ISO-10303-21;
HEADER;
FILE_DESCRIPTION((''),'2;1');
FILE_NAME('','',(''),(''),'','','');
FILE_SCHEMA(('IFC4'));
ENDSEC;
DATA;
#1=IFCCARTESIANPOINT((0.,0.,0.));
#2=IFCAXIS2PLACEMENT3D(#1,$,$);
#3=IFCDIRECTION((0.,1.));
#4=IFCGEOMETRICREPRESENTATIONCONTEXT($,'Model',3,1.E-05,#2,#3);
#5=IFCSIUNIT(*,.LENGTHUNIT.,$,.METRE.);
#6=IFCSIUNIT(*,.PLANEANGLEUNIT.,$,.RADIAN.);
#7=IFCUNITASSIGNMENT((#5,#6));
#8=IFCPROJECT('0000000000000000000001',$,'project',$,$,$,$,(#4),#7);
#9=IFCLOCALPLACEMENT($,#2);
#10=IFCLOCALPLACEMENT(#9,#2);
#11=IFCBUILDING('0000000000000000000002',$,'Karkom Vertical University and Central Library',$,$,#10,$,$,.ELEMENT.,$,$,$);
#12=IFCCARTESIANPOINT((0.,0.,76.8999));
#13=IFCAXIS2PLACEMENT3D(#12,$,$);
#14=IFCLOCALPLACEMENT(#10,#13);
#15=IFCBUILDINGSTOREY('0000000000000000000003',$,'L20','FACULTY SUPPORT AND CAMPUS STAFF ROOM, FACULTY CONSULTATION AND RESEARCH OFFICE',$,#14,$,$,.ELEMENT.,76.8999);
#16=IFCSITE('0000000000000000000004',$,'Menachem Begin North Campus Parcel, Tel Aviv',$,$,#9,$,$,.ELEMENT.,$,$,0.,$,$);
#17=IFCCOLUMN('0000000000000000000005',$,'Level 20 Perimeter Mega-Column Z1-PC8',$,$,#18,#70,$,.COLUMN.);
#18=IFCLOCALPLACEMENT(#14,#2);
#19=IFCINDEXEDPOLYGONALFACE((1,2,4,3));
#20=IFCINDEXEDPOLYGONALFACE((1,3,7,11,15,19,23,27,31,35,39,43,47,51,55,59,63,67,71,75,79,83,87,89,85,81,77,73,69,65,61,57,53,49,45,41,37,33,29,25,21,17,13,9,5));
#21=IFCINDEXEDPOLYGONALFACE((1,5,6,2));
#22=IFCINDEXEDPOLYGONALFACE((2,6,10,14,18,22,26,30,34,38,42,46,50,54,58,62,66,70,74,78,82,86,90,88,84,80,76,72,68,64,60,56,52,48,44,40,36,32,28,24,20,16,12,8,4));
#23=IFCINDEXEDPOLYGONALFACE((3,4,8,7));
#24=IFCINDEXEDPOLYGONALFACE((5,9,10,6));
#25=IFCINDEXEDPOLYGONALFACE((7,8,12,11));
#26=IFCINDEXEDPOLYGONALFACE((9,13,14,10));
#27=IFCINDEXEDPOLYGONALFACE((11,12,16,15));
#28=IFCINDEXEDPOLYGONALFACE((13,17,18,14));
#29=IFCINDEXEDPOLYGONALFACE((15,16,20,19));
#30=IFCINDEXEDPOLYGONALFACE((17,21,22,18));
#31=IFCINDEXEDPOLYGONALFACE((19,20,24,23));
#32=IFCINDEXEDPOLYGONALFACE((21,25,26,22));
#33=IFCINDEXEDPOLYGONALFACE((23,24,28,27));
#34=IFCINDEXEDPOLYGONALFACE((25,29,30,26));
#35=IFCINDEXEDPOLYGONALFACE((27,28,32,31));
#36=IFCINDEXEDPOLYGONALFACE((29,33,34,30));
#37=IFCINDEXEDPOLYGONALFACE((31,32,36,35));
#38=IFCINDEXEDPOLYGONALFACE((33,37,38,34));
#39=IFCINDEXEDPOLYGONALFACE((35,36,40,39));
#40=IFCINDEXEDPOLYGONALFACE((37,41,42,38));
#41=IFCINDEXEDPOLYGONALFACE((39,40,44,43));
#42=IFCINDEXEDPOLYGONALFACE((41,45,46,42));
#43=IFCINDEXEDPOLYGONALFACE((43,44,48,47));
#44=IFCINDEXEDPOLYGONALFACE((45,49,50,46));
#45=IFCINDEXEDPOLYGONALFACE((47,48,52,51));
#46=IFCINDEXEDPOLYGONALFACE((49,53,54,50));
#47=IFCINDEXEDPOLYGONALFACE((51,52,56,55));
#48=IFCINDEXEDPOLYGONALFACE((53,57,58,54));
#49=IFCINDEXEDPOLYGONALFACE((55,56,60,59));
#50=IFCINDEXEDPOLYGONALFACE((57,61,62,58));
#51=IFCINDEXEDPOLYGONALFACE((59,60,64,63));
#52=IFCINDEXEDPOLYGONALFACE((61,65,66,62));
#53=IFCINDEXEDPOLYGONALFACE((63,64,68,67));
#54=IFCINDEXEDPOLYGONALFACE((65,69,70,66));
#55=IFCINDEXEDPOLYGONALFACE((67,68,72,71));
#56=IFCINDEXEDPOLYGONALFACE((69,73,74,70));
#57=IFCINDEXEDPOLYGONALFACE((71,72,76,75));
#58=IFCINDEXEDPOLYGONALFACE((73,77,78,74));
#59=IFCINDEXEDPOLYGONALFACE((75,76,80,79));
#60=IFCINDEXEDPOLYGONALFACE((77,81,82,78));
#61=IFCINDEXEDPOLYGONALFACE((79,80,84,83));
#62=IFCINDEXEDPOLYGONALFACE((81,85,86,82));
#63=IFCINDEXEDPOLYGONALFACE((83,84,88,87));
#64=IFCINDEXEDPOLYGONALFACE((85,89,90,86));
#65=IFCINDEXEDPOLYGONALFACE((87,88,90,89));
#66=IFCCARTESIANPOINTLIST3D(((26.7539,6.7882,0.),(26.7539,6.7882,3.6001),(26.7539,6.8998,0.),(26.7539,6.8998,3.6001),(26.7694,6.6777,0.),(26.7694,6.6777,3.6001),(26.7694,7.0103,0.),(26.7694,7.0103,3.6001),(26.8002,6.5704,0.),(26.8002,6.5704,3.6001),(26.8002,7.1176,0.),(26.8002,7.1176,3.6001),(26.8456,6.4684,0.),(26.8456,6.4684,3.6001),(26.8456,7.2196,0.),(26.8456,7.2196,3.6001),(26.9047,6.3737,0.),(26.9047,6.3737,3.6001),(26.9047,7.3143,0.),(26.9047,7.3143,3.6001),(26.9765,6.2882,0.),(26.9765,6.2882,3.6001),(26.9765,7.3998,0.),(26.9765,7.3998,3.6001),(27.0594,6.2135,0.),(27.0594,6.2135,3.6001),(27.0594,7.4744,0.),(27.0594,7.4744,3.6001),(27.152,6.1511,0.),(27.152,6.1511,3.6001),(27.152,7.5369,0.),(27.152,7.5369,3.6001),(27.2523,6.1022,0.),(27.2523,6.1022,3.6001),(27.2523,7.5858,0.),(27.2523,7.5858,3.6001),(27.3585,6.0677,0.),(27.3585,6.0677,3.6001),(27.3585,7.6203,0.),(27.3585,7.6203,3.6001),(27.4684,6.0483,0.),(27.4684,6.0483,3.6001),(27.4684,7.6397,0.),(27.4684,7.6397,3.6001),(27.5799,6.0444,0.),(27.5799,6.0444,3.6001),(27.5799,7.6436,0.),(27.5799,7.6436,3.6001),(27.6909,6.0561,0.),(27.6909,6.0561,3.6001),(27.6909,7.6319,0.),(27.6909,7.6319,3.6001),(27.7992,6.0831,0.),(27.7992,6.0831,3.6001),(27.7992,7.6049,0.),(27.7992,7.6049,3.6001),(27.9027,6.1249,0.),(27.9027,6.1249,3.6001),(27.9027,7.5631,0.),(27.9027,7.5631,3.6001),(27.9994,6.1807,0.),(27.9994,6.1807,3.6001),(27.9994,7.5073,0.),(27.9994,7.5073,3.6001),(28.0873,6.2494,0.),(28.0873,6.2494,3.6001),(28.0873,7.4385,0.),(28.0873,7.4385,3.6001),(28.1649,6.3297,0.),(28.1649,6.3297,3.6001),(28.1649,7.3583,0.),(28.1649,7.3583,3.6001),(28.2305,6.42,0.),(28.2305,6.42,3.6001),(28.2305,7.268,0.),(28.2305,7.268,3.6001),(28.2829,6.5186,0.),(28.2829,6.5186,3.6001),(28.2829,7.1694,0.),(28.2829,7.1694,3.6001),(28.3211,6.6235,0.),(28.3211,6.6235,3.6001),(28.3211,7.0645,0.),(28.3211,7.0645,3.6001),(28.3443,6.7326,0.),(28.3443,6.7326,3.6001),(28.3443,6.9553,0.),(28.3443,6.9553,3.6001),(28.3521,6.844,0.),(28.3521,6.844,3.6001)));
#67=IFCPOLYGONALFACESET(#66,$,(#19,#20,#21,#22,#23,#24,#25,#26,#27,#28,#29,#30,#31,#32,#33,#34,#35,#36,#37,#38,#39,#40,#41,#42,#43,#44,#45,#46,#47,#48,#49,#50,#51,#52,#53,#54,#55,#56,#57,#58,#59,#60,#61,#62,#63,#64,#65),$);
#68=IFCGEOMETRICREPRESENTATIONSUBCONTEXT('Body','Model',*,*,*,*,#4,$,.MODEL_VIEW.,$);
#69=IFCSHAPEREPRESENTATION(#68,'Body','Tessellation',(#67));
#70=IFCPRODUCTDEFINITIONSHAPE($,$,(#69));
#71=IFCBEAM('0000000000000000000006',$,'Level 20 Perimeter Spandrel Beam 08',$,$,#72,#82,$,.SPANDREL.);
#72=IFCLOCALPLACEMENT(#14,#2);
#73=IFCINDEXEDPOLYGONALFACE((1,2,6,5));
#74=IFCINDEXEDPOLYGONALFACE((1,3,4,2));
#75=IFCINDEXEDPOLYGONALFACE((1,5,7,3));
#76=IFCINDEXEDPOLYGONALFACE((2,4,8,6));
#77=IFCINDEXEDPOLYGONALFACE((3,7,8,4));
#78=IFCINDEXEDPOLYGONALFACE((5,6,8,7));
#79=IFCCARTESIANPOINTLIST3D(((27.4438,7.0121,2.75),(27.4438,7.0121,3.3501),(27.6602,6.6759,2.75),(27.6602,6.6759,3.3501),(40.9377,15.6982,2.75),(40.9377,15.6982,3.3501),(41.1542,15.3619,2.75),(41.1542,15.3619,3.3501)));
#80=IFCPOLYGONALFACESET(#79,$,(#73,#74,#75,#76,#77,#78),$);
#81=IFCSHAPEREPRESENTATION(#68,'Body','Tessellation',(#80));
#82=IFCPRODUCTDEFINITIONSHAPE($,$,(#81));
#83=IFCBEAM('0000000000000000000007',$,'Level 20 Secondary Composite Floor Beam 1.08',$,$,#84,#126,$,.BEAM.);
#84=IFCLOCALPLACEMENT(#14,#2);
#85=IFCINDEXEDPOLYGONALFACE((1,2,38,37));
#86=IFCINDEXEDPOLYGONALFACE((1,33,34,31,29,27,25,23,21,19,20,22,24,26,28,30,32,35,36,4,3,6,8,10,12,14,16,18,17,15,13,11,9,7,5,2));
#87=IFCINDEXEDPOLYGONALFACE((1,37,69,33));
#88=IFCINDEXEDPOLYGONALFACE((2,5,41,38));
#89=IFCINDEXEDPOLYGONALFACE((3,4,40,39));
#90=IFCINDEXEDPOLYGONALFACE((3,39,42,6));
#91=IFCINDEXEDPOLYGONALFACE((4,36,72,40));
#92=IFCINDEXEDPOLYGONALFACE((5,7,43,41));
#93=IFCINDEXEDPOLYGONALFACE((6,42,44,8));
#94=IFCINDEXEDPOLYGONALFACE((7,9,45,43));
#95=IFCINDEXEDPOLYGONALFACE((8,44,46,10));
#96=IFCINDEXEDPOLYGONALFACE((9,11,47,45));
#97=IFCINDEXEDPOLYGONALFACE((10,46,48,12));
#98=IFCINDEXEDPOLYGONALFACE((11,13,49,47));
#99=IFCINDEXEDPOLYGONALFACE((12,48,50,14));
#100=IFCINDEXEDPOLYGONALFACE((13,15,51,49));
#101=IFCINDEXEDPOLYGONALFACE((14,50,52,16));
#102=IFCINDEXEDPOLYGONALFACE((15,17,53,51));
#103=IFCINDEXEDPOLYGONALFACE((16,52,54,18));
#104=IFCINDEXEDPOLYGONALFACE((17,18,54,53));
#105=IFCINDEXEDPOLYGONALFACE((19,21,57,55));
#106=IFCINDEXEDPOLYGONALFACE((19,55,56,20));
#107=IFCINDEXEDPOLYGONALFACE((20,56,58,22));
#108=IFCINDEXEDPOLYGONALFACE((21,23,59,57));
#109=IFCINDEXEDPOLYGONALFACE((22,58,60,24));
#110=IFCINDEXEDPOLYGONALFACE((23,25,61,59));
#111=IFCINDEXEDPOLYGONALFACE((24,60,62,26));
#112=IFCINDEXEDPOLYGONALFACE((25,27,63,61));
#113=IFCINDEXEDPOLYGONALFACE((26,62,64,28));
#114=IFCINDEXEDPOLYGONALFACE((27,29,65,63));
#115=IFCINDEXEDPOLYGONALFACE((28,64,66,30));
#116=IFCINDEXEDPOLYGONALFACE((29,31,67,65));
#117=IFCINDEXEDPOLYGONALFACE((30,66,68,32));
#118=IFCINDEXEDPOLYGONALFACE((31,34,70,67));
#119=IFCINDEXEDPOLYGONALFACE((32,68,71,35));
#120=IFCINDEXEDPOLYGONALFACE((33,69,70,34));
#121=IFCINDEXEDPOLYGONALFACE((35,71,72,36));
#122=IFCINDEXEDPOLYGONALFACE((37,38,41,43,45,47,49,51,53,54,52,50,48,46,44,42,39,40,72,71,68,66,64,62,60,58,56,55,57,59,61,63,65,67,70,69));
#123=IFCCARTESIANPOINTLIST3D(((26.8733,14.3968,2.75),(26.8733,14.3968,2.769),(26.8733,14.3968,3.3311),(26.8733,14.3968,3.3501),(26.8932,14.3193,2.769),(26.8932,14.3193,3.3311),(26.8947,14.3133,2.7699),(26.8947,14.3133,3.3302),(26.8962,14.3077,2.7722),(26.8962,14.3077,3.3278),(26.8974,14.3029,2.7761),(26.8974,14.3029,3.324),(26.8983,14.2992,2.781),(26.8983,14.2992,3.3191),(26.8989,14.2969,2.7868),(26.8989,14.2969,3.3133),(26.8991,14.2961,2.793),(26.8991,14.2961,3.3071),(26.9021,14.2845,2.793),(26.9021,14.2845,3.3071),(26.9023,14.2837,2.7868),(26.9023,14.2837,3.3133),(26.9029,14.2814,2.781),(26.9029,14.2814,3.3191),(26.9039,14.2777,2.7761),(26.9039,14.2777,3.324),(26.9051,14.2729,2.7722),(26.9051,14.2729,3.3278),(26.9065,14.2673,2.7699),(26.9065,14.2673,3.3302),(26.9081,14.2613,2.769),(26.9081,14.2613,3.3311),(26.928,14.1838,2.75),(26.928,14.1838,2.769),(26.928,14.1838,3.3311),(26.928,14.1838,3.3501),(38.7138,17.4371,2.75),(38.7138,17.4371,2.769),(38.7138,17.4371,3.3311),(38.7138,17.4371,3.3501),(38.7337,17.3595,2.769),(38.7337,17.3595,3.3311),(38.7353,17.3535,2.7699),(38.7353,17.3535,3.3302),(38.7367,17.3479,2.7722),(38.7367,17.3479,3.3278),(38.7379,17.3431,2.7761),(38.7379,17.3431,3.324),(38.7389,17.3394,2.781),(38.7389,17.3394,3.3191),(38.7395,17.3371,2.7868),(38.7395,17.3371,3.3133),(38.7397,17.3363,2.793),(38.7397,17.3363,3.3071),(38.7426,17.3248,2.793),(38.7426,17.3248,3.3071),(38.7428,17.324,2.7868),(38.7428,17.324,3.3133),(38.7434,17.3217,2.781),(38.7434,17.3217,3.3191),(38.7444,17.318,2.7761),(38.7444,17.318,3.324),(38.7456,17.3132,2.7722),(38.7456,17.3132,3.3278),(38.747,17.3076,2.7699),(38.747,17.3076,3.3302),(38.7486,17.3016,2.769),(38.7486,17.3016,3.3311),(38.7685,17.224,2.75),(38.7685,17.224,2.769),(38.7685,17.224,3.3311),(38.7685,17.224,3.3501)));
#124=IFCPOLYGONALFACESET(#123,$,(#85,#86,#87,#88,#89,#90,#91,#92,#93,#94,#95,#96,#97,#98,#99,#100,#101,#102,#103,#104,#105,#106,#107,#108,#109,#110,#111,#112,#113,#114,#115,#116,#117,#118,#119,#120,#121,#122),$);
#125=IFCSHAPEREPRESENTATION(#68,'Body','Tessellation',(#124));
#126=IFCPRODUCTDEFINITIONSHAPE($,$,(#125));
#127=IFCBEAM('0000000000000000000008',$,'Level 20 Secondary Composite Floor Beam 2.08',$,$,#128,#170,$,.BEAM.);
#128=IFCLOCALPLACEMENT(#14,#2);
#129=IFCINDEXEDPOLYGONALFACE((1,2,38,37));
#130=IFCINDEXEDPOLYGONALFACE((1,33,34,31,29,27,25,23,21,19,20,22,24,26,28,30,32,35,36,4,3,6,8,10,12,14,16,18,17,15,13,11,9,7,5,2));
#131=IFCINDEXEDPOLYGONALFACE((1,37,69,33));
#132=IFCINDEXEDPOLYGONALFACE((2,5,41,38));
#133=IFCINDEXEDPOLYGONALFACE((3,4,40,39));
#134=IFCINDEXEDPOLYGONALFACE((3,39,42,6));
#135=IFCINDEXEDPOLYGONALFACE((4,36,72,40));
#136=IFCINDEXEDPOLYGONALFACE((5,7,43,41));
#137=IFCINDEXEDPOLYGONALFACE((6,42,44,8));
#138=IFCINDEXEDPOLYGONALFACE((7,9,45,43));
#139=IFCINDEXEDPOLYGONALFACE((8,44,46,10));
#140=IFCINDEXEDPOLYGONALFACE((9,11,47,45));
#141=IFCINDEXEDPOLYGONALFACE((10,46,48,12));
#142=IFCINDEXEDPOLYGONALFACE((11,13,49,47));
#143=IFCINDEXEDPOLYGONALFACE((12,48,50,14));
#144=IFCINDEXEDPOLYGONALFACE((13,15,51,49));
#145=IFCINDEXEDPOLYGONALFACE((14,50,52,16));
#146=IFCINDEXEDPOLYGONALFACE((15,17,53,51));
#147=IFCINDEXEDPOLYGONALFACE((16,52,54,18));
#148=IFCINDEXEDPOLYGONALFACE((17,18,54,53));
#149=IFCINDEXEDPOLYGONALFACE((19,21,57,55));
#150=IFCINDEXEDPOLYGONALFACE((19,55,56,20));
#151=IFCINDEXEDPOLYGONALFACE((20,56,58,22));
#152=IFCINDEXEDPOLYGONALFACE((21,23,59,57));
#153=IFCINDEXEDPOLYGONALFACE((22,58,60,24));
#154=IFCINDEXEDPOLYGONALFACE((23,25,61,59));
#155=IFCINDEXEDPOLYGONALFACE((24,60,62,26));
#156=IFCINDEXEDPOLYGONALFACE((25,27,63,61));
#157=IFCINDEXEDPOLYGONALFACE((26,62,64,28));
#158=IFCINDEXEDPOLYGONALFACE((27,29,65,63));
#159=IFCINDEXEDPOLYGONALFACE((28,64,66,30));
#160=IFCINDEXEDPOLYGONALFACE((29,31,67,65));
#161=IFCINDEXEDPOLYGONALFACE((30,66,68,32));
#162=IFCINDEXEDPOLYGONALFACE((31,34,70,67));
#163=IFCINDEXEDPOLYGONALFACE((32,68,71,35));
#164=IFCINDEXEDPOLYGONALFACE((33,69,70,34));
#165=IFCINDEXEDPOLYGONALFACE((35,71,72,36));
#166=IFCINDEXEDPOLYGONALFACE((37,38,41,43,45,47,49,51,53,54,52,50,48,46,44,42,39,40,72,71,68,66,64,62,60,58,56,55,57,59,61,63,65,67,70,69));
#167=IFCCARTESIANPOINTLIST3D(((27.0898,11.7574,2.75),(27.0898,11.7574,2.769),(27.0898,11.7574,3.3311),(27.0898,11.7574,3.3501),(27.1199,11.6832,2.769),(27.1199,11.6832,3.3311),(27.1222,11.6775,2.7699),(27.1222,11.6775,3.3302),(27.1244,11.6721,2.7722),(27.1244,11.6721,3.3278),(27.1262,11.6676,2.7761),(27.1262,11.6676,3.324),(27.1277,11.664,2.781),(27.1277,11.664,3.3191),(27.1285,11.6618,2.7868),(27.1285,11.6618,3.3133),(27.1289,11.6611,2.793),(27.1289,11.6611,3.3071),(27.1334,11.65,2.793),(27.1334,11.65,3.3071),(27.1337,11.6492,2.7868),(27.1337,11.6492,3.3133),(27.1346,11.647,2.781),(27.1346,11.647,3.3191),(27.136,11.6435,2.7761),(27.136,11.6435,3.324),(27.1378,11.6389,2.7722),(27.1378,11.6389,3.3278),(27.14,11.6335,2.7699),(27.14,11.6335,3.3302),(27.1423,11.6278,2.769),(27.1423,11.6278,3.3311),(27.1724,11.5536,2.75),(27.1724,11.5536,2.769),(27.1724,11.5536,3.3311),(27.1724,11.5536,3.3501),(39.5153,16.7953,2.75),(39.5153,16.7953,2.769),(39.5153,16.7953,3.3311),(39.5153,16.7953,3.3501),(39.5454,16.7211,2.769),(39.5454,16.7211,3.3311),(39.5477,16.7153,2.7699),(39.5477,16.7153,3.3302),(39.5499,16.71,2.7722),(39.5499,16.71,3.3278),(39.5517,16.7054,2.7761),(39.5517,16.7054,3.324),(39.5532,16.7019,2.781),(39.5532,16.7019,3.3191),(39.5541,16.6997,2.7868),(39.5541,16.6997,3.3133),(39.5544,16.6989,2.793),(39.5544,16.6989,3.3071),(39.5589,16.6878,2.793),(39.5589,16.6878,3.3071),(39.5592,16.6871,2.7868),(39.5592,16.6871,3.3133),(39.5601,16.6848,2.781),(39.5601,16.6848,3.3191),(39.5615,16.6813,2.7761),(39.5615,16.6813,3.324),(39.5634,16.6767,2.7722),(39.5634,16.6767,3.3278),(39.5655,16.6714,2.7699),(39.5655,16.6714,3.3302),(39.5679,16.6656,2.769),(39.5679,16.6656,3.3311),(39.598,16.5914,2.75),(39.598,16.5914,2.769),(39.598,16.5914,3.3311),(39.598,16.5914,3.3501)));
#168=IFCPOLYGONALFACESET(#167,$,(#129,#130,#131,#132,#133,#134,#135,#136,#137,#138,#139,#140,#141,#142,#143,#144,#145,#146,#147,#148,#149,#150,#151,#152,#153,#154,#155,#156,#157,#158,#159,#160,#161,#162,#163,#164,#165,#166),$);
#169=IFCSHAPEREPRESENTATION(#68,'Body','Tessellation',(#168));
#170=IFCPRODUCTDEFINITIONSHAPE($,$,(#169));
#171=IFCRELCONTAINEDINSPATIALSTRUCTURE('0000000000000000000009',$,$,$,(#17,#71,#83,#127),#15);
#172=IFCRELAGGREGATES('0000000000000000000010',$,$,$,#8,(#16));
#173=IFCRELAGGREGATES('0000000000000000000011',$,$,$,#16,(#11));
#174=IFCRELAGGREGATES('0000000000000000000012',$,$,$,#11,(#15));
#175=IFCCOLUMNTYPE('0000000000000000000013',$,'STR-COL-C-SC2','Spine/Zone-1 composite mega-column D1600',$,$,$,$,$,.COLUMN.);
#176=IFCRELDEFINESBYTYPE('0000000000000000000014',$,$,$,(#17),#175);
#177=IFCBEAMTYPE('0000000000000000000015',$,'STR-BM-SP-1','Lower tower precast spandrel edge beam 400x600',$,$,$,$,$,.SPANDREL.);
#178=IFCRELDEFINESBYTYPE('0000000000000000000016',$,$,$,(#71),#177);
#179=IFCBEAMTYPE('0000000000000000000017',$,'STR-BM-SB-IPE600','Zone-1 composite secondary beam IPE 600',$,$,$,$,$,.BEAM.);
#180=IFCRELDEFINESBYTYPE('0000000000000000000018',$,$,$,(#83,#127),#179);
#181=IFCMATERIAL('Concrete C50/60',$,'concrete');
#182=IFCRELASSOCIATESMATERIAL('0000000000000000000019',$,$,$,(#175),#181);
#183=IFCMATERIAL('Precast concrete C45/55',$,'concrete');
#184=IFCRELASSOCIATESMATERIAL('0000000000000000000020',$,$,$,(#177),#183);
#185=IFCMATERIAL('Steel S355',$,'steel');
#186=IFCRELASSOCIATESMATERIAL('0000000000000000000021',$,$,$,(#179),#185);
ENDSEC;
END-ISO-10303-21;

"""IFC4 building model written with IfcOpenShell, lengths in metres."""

from ifc_helpers import new_model, si_unit, direction, frame, origin, origin_with_axes, origin_2d, place, context, subcontext, project, spatial, rectangle, circle, i_section, extrude, source, transform, mapped, material, material_profile, profile_set, type_object, element, save


model = new_model("IFC4")

# Units and contexts
model_context = context("Model", 3, precision=1e-05, world=origin(), true_north=direction((0.0, 1.0)))
body_context = subcontext(model_context, "Body", "Model", "MODEL_VIEW")
ifc_project = project(units=[si_unit("LENGTHUNIT", "METRE"), si_unit("PLANEANGLEUNIT", "RADIAN")], contexts=[model_context])

# Site, building, storey
site_placement = place(None, origin())
site = spatial("IfcSite", under=ifc_project, at=site_placement, Name="Menachem Begin North Campus Parcel, Tel Aviv", CompositionType="ELEMENT", RefElevation=0.0)
building_placement = place(site_placement, origin())
building = spatial("IfcBuilding", under=site, at=building_placement, Name="Karkom Vertical University and Central Library", CompositionType="ELEMENT")
storey_placement = place(building_placement, frame((0.0, 0.0, 76.8999)))
storey = spatial("IfcBuildingStorey", under=building, at=storey_placement, Name="L20", Description="FACULTY SUPPORT AND CAMPUS STAFF ROOM, FACULTY CONSULTATION AND RESEARCH OFFICE", CompositionType="ELEMENT", Elevation=76.8999)

# Column
ifc_material_1 = material(Name="Concrete C50/60", Category="concrete")
ifc_material_profile_1 = material_profile(ifc_material_1, circle(Radius=0.8, at=origin_2d()), Name="CFT-D1600")
ifc_profile_set_1 = profile_set([ifc_material_profile_1], Name="Concrete C50/60")
column_type = type_object("IfcColumnType", Name="STR-COL-C-SC2", Description="Spine/Zone-1 composite mega-column D1600", PredefinedType="COLUMN", material=ifc_profile_set_1)
shared_shape_1 = source(origin_with_axes(), body_context, "Body", "SweptSolid", [
    extrude(circle(Radius=0.8, at=origin_2d()), origin(), (0.0, 0.0, 1.0), 3.6001),
])
column_placement = place(storey_placement, frame((27.552, 6.844, 0.0), z_axis=(0.0, 0.0, 1.0), x_axis=(1.0, 0.0, 0.0)))
element("IfcColumn", 1, at=column_placement, inside=storey, type_object=column_type, Name="Level 20 Perimeter Mega-Column Z1-PC8", PredefinedType="COLUMN", context=body_context, shape_type="MappedRepresentation", body=[
    mapped(shared_shape_1, transform((0.0, 0.0, 0.0), scale=1.0)),
])

# Beams
ifc_material_2 = material(Name="Precast concrete C45/55", Category="concrete")
ifc_material_profile_2 = material_profile(ifc_material_2, rectangle(XDim=0.3999, YDim=0.6001, at=origin_2d()), Name="SPB-400x600")
ifc_profile_set_2 = profile_set([ifc_material_profile_2], Name="Precast concrete C45/55")
beam_type_1 = type_object("IfcBeamType", Name="STR-BM-SP-1", Description="Lower tower precast spandrel edge beam 400x600", PredefinedType="SPANDREL", material=ifc_profile_set_2)
shared_shape_2 = source(origin_with_axes(), body_context, "Body", "SweptSolid", [
    extrude(rectangle(XDim=0.3999, YDim=0.6001, at=origin_2d()), origin(), (0.0, 0.0, 1.0), 16.0479),
])
beam_1_placement = place(storey_placement, frame((27.552, 6.844, 3.05), z_axis=(0.840856, 0.54126, 0.0), x_axis=(-0.54126, 0.840856, 0.0)))
element("IfcBeam", 2, at=beam_1_placement, inside=storey, type_object=beam_type_1, Name="Level 20 Perimeter Spandrel Beam 08", PredefinedType="SPANDREL", context=body_context, shape_type="MappedRepresentation", body=[
    mapped(shared_shape_2, transform((0.0, 0.0, 0.0), scale=1.0)),
])
ifc_material_3 = material(Name="Steel S355", Category="steel")
ifc_material_profile_3 = material_profile(ifc_material_3, i_section(OverallWidth=0.22, OverallDepth=0.6001, WebThickness=0.012, FlangeThickness=0.019, FilletRadius=0.0239, at=origin_2d()), Name="IPE 600")
ifc_profile_set_3 = profile_set([ifc_material_profile_3], Name="Steel S355")
beam_type_2 = type_object("IfcBeamType", Name="STR-BM-SB-IPE600", Description="Zone-1 composite secondary beam IPE 600", PredefinedType="BEAM", material=ifc_profile_set_3)
shared_shape_3 = source(origin_with_axes(), body_context, "Body", "SweptSolid", [
    extrude(i_section(OverallWidth=0.22, OverallDepth=0.6001, WebThickness=0.012, FlangeThickness=0.019, FilletRadius=0.0239, at=origin_2d()), origin(), (0.0, 0.0, 1.0), 12.2246),
])
beam_2_placement = place(storey_placement, frame((26.9006, 14.2903, 3.05), z_axis=(0.96858, 0.248701, 0.0), x_axis=(-0.248701, 0.96858, 0.0)))
element("IfcBeam", 3, at=beam_2_placement, inside=storey, type_object=beam_type_2, Name="Level 20 Secondary Composite Floor Beam 1.08", PredefinedType="BEAM", context=body_context, shape_type="MappedRepresentation", body=[
    mapped(shared_shape_3, transform((0.0, 0.0, 0.0), scale=1.0)),
])
shared_shape_4 = source(origin_with_axes(), body_context, "Body", "SweptSolid", [
    extrude(i_section(OverallWidth=0.22, OverallDepth=0.6001, WebThickness=0.012, FlangeThickness=0.019, FilletRadius=0.0239, at=origin_2d()), origin(), (0.0, 0.0, 1.0), 13.408),
])
beam_3_placement = place(storey_placement, frame((27.1311, 11.6555, 3.05), z_axis=(0.926727, 0.375735, 0.0), x_axis=(-0.375735, 0.926727, 0.0)))
element("IfcBeam", 4, at=beam_3_placement, inside=storey, type_object=beam_type_2, Name="Level 20 Secondary Composite Floor Beam 2.08", PredefinedType="BEAM", context=body_context, shape_type="MappedRepresentation", body=[
    mapped(shared_shape_4, transform((0.0, 0.0, 0.0), scale=1.0)),
])

save(model, "model.ifc")
